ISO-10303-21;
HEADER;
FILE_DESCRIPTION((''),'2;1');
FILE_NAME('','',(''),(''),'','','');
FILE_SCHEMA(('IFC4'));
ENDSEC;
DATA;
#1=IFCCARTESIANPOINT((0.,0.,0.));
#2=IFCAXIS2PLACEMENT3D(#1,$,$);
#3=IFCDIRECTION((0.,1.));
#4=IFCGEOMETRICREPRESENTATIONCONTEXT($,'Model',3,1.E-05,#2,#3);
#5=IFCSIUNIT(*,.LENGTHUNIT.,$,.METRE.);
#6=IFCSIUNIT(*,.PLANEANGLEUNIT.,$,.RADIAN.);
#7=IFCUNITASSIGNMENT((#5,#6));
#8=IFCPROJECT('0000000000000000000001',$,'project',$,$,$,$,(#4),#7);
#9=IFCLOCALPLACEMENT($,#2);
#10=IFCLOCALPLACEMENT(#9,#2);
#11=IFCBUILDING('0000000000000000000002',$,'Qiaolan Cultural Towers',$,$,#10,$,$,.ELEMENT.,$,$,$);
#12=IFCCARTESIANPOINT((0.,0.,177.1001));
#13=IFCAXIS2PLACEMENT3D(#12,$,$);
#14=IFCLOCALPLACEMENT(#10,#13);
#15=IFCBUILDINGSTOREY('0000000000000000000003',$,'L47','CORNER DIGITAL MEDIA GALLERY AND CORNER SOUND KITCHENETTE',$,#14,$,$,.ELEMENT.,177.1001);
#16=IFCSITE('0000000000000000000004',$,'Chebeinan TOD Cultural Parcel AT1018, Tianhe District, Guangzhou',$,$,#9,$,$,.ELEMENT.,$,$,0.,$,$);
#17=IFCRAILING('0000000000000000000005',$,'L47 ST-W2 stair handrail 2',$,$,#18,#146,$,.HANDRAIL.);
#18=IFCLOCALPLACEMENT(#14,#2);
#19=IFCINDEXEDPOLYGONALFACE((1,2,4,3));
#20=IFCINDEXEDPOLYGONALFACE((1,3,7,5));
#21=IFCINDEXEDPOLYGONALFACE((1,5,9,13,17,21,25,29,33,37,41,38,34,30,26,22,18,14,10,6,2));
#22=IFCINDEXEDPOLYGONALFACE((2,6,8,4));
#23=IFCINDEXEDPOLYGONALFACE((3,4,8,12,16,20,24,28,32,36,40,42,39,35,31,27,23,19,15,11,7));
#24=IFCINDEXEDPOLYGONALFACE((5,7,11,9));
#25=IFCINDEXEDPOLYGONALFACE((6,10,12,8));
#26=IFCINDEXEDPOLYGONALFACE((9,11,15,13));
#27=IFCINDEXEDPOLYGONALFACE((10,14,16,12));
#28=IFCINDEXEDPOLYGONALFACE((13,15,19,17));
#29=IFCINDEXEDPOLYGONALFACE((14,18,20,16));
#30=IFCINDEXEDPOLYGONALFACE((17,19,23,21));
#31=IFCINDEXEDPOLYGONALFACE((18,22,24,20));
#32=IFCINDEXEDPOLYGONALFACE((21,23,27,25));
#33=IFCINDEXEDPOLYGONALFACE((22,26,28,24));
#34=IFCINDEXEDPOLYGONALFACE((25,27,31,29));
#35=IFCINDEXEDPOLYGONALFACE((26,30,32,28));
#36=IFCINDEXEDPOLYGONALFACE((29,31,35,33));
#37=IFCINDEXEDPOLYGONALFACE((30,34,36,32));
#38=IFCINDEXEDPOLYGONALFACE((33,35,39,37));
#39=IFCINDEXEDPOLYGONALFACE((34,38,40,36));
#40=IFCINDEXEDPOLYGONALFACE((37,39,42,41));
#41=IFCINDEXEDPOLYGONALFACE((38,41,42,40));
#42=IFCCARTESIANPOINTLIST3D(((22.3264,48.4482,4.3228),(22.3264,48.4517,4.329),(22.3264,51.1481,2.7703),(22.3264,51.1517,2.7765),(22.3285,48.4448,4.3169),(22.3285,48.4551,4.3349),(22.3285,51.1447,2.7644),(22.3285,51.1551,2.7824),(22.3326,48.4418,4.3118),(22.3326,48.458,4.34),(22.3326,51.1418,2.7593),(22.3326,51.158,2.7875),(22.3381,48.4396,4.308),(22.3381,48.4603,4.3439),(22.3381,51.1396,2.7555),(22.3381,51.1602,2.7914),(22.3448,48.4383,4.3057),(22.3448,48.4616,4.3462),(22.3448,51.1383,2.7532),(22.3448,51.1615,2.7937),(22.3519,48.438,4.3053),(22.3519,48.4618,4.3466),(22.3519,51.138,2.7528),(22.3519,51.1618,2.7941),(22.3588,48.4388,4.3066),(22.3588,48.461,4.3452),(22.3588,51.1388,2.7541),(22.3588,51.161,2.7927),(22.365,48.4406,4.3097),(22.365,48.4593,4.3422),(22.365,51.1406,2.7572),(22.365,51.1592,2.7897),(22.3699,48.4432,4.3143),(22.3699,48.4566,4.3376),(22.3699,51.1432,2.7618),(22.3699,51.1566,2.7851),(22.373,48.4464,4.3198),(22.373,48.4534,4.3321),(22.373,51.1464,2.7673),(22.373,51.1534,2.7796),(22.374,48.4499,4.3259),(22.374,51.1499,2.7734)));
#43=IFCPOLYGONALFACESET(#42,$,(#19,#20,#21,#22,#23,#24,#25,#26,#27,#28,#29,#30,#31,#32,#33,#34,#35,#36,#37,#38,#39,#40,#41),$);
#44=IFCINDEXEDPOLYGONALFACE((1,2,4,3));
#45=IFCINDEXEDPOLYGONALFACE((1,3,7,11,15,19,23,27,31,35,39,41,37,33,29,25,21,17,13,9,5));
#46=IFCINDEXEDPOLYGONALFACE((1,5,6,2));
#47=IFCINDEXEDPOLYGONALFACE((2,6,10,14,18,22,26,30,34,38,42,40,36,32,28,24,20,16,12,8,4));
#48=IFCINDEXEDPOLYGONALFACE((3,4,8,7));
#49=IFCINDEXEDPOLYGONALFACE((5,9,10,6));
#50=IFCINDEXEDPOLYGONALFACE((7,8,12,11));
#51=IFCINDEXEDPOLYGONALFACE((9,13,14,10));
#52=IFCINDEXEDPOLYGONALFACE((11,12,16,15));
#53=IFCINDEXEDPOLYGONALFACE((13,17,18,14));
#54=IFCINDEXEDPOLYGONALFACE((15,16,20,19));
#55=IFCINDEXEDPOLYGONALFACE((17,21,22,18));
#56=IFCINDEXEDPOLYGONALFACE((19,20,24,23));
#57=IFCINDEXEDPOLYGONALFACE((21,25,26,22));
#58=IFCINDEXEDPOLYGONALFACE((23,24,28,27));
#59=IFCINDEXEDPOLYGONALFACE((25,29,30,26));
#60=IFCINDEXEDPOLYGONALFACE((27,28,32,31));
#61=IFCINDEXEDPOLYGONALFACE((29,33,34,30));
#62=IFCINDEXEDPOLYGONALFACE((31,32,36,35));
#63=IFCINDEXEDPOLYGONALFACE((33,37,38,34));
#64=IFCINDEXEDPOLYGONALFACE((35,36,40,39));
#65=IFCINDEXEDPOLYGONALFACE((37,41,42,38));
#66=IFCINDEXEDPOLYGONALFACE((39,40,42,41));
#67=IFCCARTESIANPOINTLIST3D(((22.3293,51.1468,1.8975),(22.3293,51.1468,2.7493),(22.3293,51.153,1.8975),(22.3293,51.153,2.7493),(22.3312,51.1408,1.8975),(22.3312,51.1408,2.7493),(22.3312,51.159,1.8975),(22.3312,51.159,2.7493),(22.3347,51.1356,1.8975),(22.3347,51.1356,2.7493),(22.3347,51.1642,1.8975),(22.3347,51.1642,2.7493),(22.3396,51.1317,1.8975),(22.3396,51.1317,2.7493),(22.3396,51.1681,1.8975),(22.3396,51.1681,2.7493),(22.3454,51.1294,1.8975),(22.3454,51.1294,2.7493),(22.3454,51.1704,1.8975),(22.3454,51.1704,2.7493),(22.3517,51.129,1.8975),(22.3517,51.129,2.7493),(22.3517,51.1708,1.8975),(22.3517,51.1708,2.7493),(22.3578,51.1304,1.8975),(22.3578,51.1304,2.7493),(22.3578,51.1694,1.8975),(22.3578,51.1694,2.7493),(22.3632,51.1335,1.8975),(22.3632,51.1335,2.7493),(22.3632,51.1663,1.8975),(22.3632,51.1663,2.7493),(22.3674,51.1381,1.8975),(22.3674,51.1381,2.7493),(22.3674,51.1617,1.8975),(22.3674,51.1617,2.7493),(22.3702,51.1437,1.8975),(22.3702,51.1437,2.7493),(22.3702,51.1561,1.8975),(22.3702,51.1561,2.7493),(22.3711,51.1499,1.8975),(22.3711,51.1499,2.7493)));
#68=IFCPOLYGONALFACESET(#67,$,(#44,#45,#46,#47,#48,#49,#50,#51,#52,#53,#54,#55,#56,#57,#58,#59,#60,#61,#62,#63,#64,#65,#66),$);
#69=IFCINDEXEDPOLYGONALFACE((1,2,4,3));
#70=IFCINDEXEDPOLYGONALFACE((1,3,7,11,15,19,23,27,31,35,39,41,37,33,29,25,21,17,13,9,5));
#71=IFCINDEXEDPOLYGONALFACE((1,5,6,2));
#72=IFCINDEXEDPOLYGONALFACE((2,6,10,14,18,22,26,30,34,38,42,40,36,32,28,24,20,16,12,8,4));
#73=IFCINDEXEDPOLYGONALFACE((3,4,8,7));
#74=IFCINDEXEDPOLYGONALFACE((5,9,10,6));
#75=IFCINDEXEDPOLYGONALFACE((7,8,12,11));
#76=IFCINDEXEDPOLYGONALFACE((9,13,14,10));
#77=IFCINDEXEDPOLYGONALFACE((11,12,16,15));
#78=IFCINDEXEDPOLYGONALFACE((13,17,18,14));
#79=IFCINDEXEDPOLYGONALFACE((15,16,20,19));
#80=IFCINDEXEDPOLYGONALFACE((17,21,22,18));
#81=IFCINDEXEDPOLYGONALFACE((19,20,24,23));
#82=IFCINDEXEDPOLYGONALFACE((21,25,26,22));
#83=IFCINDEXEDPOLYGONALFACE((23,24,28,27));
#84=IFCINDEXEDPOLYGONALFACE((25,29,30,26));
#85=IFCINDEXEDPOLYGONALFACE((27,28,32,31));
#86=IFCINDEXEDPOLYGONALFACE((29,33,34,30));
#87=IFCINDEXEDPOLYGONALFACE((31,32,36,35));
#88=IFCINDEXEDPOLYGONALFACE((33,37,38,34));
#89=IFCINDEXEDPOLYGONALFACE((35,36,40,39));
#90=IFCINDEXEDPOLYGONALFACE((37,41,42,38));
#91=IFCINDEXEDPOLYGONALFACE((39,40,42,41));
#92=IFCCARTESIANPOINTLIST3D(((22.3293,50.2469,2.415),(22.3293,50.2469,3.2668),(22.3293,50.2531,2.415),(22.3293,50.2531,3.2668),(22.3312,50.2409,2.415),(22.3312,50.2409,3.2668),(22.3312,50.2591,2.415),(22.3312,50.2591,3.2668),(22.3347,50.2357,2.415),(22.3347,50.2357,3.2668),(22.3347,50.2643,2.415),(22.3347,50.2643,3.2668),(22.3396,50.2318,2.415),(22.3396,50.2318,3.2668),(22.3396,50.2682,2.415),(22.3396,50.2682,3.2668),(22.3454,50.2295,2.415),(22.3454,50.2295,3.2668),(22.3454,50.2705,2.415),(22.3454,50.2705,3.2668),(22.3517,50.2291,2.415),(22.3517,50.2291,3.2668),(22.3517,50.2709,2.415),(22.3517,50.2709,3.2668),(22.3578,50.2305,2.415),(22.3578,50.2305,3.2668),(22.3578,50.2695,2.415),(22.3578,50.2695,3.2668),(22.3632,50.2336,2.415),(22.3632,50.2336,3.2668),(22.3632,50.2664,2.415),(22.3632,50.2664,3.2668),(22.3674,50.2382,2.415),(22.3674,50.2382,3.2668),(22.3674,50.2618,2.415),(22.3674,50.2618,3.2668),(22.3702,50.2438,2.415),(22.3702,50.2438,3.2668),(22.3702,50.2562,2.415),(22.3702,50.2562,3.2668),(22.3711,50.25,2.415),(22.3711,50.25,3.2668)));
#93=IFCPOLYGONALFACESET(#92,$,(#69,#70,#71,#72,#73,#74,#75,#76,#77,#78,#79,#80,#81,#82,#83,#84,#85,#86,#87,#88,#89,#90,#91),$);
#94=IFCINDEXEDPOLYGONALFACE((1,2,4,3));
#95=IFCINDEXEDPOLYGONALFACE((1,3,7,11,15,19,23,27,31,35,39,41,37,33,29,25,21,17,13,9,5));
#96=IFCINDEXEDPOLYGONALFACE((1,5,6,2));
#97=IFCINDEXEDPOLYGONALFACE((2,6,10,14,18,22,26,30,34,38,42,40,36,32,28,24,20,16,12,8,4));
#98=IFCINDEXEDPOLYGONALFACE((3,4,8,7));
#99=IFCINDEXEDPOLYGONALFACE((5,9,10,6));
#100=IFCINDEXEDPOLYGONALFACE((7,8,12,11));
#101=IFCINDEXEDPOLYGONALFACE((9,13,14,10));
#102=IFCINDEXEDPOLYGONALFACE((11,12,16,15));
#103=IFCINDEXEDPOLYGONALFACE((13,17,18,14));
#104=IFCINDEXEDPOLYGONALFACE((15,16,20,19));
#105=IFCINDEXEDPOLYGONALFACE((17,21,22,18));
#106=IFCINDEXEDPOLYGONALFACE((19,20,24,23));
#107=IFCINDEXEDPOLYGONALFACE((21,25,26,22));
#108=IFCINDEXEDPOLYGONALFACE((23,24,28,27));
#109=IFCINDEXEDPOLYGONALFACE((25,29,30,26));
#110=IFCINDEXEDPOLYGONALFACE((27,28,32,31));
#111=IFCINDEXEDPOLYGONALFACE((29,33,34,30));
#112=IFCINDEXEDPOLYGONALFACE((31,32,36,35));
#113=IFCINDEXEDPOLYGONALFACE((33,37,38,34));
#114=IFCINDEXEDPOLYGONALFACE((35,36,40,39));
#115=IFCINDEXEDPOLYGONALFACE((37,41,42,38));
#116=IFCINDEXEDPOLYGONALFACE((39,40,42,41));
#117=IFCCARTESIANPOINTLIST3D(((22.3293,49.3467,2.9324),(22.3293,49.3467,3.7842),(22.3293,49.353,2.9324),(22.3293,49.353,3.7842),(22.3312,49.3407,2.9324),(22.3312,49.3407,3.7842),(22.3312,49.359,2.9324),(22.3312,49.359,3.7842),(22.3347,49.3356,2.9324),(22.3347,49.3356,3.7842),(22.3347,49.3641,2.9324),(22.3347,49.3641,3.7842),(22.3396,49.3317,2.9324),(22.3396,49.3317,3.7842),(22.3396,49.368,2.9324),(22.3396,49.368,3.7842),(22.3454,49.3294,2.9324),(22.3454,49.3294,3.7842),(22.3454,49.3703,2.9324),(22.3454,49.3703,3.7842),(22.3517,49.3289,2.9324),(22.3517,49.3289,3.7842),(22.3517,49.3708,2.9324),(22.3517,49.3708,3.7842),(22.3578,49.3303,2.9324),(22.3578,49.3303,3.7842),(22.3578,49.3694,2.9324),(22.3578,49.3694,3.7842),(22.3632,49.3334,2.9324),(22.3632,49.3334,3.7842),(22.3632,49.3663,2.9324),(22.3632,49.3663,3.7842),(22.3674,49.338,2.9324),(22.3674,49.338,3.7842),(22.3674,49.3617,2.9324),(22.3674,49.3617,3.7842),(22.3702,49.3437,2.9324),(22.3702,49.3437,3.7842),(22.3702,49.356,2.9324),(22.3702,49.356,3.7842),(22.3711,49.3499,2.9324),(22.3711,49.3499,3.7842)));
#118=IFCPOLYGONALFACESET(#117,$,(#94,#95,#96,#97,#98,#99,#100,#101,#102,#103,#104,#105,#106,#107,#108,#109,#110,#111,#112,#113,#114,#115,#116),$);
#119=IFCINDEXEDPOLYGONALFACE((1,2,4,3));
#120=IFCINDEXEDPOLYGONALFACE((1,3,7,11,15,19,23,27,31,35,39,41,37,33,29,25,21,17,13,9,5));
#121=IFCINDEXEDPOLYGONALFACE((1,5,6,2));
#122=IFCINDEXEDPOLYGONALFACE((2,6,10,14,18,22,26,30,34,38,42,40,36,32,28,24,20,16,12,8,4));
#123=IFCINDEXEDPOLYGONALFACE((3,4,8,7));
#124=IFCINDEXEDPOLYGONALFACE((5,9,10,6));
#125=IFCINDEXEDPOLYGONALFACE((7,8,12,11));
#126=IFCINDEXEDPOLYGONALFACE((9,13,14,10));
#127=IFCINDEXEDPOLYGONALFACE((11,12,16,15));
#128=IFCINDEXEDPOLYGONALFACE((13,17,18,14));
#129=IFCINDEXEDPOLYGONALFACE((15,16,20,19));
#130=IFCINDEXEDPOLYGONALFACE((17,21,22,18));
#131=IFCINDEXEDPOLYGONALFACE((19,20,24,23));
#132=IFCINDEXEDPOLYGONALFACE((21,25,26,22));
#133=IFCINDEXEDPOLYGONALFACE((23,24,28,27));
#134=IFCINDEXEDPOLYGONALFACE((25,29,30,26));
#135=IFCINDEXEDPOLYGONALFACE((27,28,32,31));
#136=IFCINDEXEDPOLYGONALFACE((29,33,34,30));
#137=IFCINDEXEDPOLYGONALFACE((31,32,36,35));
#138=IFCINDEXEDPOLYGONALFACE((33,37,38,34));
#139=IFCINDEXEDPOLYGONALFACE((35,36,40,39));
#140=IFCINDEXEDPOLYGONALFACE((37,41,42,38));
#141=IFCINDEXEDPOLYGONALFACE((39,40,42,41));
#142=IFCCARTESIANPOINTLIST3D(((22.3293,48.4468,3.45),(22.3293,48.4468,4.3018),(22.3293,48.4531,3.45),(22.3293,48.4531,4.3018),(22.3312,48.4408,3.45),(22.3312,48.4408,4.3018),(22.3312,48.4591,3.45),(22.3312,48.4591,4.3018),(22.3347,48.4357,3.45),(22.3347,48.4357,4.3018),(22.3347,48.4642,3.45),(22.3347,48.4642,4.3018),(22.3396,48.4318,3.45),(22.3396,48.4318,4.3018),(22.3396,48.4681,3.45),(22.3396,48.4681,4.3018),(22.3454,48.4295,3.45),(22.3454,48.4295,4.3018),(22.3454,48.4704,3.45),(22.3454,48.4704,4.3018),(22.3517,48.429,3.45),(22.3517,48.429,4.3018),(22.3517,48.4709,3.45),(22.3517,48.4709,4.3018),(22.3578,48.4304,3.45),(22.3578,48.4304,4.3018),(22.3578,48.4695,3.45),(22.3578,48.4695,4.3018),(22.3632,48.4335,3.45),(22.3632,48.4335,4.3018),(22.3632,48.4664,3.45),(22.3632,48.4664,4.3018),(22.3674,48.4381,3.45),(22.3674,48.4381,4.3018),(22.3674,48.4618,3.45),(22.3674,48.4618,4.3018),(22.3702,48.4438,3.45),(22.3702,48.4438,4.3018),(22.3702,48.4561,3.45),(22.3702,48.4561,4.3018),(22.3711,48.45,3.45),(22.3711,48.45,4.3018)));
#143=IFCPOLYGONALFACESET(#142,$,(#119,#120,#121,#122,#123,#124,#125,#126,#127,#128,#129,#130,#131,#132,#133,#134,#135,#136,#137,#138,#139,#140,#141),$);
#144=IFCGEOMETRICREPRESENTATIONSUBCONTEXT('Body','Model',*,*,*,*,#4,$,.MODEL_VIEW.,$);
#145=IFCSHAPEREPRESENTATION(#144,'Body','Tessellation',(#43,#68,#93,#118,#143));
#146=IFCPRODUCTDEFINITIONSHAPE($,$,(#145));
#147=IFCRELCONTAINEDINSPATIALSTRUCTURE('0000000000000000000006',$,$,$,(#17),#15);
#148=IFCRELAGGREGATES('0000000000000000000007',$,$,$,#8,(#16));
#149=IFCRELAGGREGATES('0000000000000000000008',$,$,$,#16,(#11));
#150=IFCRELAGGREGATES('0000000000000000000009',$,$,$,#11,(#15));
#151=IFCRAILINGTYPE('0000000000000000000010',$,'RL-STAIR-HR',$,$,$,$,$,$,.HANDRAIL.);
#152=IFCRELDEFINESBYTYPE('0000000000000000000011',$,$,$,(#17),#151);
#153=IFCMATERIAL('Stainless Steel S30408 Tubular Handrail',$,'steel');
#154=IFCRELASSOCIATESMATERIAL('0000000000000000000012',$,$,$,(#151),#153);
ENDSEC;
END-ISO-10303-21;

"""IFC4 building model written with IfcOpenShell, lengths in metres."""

from ifc_helpers import new_model, si_unit, direction, frame, origin, origin_2d, place, context, subcontext, project, spatial, circle, extrude, material, type_object, element, save


model = new_model("IFC4")

# Units and contexts
model_context = context("Model", 3, precision=1e-05, world=origin(), true_north=direction((0.0, 1.0)))
body_context = subcontext(model_context, "Body", "Model", "MODEL_VIEW")
ifc_project = project(units=[si_unit("LENGTHUNIT", "METRE"), si_unit("PLANEANGLEUNIT", "RADIAN")], contexts=[model_context])

# Site, building, storey
site_placement = place(None, origin())
site = spatial("IfcSite", under=ifc_project, at=site_placement, Name="Chebeinan TOD Cultural Parcel AT1018, Tianhe District, Guangzhou", CompositionType="ELEMENT", RefElevation=0.0)
building_placement = place(site_placement, origin())
building = spatial("IfcBuilding", under=site, at=building_placement, Name="Qiaolan Cultural Towers", CompositionType="ELEMENT")
storey_placement = place(building_placement, frame((0.0, 0.0, 177.1001)))
storey = spatial("IfcBuildingStorey", under=building, at=storey_placement, Name="L47", Description="CORNER DIGITAL MEDIA GALLERY AND CORNER SOUND KITCHENETTE", CompositionType="ELEMENT", Elevation=177.1001)

# Railing
ifc_material_1 = material(Name="Stainless Steel S30408 Tubular Handrail", Category="steel")
railing_type_1 = type_object("IfcRailingType", Name="RL-STAIR-HR", PredefinedType="HANDRAIL", material=ifc_material_1)
railing_1_placement = place(storey_placement, frame((22.3501, 51.1499, 1.8975)))
element("IfcRailing", 1, at=railing_1_placement, inside=storey, type_object=railing_type_1, Name="L47 ST-W2 stair handrail 2", PredefinedType="HANDRAIL", context=body_context, shape_type="SweptSolid", body=[
    extrude(circle(Radius=0.0239, at=origin_2d()), frame((0.0, 0.0, 0.876), z_axis=(0.0, -0.866904, 0.498476), x_axis=(1.0, 0.0, 0.0)), (0.0, 0.0, 1.0), 3.1145),
    extrude(circle(Radius=0.021, at=origin_2d()), origin(), (0.0, 0.0, 1.0), 0.8518),
    extrude(circle(Radius=0.021, at=origin_2d()), frame((0.0, -0.8999, 0.5176)), (0.0, 0.0, 1.0), 0.8518),
    extrude(circle(Radius=0.021, at=origin_2d()), frame((0.0, -1.8, 1.0349)), (0.0, 0.0, 1.0), 0.8518),
    extrude(circle(Radius=0.021, at=origin_2d()), frame((0.0, -2.7, 1.5525)), (0.0, 0.0, 1.0), 0.8518),
])

save(model, "model.ifc")
